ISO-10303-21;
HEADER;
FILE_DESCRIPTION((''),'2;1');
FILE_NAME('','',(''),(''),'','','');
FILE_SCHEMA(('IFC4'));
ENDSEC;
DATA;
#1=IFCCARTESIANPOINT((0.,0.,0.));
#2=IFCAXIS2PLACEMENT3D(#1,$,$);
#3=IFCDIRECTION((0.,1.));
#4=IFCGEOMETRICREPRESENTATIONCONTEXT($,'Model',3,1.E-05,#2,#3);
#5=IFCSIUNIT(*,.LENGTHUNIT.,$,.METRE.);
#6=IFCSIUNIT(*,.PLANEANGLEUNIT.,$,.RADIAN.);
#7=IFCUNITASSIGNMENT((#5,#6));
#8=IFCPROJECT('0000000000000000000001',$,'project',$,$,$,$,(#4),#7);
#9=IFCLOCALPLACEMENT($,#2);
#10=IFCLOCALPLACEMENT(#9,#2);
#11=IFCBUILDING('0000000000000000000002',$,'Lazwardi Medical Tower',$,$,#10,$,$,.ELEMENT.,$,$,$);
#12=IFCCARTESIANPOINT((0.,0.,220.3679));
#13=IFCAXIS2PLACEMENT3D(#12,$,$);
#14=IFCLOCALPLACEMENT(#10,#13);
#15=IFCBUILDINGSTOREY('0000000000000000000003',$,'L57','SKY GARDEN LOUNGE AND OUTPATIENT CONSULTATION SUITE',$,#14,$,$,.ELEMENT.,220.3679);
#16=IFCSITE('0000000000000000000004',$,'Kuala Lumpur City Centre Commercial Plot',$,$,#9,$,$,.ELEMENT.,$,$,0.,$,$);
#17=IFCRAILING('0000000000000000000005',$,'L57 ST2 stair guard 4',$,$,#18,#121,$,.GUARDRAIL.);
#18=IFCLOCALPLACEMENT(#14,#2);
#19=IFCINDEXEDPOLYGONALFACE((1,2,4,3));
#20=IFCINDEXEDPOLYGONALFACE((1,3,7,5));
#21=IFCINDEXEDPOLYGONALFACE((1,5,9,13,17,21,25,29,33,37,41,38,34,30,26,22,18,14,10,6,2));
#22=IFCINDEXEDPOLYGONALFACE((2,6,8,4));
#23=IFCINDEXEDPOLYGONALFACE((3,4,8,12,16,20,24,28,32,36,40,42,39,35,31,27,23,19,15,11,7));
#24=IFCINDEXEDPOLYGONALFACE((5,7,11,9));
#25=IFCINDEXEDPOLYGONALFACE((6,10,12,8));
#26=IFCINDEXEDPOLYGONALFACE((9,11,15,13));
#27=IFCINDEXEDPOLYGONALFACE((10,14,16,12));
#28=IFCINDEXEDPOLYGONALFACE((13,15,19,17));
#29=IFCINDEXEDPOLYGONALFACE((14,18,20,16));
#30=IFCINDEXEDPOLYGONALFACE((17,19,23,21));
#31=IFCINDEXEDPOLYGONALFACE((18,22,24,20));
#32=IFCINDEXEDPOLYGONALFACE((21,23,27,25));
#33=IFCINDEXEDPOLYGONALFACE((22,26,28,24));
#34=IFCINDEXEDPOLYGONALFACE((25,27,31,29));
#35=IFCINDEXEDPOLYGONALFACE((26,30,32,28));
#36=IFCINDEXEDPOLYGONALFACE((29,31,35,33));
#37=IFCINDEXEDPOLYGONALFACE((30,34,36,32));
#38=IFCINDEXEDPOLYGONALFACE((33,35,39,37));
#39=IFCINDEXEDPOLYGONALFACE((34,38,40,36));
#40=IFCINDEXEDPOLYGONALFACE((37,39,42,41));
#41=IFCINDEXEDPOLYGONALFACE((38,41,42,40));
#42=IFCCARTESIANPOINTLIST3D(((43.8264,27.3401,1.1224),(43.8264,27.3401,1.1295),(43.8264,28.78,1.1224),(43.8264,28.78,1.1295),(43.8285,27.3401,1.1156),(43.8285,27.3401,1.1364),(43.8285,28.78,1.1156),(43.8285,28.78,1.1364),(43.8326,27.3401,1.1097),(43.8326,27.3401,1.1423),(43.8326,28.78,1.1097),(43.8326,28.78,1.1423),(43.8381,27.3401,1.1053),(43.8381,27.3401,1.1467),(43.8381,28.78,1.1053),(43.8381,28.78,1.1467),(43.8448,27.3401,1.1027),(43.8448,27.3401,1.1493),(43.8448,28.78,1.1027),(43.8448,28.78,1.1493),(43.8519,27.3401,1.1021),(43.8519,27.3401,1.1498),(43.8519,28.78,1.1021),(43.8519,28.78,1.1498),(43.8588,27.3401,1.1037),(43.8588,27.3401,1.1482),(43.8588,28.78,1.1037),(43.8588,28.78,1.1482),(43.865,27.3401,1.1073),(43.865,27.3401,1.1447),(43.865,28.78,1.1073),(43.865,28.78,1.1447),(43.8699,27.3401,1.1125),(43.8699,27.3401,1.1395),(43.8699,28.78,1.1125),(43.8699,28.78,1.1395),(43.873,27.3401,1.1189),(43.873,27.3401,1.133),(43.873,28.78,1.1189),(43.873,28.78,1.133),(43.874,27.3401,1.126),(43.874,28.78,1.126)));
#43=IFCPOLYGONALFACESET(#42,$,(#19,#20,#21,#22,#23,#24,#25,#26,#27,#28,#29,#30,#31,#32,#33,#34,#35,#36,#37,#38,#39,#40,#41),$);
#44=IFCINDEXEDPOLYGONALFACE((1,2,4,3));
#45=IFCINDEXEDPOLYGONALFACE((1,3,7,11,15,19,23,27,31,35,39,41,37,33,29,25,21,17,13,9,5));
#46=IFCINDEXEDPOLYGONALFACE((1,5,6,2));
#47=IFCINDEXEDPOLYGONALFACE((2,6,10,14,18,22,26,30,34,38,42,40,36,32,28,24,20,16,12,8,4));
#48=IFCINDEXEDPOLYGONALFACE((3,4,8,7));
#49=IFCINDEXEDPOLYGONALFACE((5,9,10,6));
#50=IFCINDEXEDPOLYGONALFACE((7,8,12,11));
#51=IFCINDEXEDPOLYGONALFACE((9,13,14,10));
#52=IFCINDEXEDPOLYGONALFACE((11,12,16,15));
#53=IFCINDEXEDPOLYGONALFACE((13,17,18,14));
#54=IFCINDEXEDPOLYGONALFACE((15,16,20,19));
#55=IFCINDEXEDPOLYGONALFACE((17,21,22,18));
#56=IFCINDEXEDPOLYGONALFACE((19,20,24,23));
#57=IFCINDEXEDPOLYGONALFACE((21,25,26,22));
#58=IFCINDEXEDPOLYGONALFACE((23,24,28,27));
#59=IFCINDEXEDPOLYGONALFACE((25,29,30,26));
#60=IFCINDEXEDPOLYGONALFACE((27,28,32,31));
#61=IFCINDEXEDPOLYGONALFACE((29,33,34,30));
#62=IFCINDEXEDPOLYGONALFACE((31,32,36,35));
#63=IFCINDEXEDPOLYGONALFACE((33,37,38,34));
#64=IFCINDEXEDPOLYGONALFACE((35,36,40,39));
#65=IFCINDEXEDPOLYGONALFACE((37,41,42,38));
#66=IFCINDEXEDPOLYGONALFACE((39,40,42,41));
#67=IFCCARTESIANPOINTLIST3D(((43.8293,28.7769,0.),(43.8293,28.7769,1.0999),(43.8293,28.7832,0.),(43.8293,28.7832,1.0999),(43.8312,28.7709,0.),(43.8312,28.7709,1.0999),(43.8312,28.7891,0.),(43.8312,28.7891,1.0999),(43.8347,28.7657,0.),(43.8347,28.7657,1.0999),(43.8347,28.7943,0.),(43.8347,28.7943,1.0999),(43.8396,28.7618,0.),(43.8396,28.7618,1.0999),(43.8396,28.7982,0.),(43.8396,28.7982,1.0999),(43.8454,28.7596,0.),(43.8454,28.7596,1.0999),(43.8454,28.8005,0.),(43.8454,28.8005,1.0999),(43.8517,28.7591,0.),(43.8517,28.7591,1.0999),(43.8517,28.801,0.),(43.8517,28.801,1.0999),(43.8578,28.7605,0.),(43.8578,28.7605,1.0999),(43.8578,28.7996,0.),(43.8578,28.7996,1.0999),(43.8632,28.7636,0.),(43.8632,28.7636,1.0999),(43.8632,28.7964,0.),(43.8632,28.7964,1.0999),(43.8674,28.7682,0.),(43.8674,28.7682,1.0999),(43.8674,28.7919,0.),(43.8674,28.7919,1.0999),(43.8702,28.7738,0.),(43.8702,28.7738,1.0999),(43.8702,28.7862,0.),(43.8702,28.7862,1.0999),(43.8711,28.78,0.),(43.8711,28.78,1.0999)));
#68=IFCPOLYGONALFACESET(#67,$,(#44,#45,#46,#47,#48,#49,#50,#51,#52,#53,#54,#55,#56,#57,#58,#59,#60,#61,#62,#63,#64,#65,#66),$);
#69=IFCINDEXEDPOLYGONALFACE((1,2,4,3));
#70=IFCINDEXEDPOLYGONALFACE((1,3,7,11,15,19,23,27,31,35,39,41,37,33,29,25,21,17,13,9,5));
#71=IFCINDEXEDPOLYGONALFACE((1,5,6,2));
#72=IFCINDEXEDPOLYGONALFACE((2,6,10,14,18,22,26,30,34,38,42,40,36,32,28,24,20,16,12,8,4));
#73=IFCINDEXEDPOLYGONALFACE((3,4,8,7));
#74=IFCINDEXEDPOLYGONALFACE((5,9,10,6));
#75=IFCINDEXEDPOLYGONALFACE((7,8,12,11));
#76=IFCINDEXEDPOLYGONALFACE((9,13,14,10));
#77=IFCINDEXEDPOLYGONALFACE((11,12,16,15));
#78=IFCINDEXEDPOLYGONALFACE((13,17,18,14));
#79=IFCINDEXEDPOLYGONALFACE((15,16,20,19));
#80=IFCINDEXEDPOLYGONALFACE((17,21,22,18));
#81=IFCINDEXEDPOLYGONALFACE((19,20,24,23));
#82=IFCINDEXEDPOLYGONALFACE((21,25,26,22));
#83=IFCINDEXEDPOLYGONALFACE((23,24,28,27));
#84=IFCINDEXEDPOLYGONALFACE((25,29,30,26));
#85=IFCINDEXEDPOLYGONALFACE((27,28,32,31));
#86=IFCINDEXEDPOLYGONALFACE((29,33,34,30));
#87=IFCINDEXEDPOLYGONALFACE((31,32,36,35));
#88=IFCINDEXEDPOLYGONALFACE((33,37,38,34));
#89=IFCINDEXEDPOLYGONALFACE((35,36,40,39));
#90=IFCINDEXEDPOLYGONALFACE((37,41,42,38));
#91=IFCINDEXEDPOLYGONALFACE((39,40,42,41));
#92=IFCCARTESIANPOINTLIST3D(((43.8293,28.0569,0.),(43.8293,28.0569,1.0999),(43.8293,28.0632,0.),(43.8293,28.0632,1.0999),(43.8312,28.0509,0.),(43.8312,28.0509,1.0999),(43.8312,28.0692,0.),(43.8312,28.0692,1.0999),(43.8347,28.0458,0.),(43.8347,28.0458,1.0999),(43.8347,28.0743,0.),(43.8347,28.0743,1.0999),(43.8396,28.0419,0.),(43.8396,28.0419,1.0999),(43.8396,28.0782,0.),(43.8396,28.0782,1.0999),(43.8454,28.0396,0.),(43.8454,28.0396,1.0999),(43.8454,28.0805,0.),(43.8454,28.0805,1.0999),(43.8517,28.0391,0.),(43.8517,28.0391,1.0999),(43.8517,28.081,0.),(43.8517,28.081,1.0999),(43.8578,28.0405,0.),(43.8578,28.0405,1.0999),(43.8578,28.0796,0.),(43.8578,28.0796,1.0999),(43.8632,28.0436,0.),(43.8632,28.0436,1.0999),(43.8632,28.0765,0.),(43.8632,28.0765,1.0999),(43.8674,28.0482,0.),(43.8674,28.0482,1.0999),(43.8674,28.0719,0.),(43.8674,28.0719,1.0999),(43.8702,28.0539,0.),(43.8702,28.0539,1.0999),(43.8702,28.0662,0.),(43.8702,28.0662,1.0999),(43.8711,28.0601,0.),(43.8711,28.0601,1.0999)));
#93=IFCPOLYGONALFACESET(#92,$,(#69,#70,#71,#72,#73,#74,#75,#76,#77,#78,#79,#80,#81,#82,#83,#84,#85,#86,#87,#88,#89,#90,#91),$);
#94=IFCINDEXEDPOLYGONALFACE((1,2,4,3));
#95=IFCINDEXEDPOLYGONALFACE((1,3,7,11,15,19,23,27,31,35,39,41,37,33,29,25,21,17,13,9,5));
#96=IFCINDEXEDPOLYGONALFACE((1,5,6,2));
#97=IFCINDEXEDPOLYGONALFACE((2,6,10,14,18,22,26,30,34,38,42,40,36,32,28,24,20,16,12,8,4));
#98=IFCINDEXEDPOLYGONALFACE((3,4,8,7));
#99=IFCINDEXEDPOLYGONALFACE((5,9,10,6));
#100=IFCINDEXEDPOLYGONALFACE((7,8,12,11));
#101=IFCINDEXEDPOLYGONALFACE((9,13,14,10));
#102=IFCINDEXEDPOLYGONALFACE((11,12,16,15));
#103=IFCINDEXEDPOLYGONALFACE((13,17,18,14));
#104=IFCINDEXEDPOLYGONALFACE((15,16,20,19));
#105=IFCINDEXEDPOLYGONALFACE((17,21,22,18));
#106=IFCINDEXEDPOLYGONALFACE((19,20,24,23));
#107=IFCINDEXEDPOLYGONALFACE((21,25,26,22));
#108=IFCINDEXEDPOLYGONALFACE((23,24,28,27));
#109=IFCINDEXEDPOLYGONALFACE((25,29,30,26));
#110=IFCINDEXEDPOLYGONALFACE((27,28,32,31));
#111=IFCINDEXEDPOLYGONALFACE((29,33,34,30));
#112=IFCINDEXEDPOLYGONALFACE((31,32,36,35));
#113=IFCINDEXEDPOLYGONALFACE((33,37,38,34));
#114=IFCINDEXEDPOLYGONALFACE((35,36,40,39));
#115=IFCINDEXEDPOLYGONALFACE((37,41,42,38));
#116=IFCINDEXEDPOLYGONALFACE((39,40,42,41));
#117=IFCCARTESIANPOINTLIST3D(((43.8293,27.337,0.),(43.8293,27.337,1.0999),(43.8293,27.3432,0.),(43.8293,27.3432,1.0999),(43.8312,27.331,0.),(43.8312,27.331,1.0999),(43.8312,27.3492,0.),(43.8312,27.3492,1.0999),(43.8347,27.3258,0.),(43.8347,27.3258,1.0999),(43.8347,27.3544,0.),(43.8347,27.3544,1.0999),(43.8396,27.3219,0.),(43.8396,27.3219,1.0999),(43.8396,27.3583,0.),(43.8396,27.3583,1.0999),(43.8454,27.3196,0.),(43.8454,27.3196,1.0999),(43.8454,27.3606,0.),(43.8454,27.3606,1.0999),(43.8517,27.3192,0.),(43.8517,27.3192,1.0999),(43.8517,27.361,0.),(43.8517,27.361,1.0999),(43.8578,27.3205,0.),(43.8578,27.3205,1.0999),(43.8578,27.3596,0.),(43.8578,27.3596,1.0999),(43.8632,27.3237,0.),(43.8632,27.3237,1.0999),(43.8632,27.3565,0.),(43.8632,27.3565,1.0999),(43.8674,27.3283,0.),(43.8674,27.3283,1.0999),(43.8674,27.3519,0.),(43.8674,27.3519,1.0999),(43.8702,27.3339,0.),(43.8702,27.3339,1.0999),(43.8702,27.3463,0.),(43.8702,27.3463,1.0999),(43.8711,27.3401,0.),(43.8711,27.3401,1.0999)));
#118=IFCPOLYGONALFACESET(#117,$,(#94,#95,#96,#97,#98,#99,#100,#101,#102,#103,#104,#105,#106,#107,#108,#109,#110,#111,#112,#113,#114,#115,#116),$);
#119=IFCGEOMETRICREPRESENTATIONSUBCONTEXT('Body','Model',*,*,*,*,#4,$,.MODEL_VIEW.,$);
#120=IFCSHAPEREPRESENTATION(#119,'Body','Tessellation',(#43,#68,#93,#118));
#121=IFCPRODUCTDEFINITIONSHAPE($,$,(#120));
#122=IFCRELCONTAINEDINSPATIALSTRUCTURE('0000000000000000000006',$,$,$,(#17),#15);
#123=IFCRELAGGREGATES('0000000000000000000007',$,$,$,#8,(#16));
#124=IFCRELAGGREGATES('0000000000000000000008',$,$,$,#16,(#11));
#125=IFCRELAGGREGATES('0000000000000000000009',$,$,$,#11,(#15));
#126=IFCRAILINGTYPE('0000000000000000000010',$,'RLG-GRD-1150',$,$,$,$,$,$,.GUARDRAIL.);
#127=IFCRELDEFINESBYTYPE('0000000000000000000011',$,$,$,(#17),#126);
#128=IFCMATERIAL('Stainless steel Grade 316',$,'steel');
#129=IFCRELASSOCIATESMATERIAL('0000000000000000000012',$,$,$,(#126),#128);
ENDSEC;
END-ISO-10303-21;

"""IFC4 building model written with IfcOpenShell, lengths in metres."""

from ifc_helpers import new_model, si_unit, direction, frame, origin, origin_2d, place, context, subcontext, project, spatial, circle, extrude, material, type_object, element, save


model = new_model("IFC4")

# Units and contexts
model_context = context("Model", 3, precision=1e-05, world=origin(), true_north=direction((0.0, 1.0)))
body_context = subcontext(model_context, "Body", "Model", "MODEL_VIEW")
ifc_project = project(units=[si_unit("LENGTHUNIT", "METRE"), si_unit("PLANEANGLEUNIT", "RADIAN")], contexts=[model_context])

# Site, building, storey
site_placement = place(None, origin())
site = spatial("IfcSite", under=ifc_project, at=site_placement, Name="Kuala Lumpur City Centre Commercial Plot", CompositionType="ELEMENT", RefElevation=0.0)
building_placement = place(site_placement, origin())
building = spatial("IfcBuilding", under=site, at=building_placement, Name="Lazwardi Medical Tower", CompositionType="ELEMENT")
storey_placement = place(building_placement, frame((0.0, 0.0, 220.3679)))
storey = spatial("IfcBuildingStorey", under=building, at=storey_placement, Name="L57", Description="SKY GARDEN LOUNGE AND OUTPATIENT CONSULTATION SUITE", CompositionType="ELEMENT", Elevation=220.3679)

# Railing
ifc_material_1 = material(Name="Stainless steel Grade 316", Category="steel")
railing_type_1 = type_object("IfcRailingType", Name="RLG-GRD-1150", PredefinedType="GUARDRAIL", material=ifc_material_1)
railing_1_placement = place(storey_placement, frame((43.8501, 28.78, 0.0)))
element("IfcRailing", 1, at=railing_1_placement, inside=storey, type_object=railing_type_1, Name="L57 ST2 stair guard 4", PredefinedType="GUARDRAIL", context=body_context, shape_type="SweptSolid", body=[
    extrude(circle(Radius=0.0239, at=origin_2d()), frame((0.0, 0.0, 1.126), z_axis=(0.0, -1.0, 0.0), x_axis=(1.0, 0.0, 0.0)), (0.0, 0.0, 1.0), 1.4399),
    extrude(circle(Radius=0.021, at=origin_2d()), origin(), (0.0, 0.0, 1.0), 1.0999),
    extrude(circle(Radius=0.021, at=origin_2d()), frame((0.0, -0.72, 0.0)), (0.0, 0.0, 1.0), 1.0999),
    extrude(circle(Radius=0.021, at=origin_2d()), frame((0.0, -1.4399, 0.0)), (0.0, 0.0, 1.0), 1.0999),
])

save(model, "model.ifc")
